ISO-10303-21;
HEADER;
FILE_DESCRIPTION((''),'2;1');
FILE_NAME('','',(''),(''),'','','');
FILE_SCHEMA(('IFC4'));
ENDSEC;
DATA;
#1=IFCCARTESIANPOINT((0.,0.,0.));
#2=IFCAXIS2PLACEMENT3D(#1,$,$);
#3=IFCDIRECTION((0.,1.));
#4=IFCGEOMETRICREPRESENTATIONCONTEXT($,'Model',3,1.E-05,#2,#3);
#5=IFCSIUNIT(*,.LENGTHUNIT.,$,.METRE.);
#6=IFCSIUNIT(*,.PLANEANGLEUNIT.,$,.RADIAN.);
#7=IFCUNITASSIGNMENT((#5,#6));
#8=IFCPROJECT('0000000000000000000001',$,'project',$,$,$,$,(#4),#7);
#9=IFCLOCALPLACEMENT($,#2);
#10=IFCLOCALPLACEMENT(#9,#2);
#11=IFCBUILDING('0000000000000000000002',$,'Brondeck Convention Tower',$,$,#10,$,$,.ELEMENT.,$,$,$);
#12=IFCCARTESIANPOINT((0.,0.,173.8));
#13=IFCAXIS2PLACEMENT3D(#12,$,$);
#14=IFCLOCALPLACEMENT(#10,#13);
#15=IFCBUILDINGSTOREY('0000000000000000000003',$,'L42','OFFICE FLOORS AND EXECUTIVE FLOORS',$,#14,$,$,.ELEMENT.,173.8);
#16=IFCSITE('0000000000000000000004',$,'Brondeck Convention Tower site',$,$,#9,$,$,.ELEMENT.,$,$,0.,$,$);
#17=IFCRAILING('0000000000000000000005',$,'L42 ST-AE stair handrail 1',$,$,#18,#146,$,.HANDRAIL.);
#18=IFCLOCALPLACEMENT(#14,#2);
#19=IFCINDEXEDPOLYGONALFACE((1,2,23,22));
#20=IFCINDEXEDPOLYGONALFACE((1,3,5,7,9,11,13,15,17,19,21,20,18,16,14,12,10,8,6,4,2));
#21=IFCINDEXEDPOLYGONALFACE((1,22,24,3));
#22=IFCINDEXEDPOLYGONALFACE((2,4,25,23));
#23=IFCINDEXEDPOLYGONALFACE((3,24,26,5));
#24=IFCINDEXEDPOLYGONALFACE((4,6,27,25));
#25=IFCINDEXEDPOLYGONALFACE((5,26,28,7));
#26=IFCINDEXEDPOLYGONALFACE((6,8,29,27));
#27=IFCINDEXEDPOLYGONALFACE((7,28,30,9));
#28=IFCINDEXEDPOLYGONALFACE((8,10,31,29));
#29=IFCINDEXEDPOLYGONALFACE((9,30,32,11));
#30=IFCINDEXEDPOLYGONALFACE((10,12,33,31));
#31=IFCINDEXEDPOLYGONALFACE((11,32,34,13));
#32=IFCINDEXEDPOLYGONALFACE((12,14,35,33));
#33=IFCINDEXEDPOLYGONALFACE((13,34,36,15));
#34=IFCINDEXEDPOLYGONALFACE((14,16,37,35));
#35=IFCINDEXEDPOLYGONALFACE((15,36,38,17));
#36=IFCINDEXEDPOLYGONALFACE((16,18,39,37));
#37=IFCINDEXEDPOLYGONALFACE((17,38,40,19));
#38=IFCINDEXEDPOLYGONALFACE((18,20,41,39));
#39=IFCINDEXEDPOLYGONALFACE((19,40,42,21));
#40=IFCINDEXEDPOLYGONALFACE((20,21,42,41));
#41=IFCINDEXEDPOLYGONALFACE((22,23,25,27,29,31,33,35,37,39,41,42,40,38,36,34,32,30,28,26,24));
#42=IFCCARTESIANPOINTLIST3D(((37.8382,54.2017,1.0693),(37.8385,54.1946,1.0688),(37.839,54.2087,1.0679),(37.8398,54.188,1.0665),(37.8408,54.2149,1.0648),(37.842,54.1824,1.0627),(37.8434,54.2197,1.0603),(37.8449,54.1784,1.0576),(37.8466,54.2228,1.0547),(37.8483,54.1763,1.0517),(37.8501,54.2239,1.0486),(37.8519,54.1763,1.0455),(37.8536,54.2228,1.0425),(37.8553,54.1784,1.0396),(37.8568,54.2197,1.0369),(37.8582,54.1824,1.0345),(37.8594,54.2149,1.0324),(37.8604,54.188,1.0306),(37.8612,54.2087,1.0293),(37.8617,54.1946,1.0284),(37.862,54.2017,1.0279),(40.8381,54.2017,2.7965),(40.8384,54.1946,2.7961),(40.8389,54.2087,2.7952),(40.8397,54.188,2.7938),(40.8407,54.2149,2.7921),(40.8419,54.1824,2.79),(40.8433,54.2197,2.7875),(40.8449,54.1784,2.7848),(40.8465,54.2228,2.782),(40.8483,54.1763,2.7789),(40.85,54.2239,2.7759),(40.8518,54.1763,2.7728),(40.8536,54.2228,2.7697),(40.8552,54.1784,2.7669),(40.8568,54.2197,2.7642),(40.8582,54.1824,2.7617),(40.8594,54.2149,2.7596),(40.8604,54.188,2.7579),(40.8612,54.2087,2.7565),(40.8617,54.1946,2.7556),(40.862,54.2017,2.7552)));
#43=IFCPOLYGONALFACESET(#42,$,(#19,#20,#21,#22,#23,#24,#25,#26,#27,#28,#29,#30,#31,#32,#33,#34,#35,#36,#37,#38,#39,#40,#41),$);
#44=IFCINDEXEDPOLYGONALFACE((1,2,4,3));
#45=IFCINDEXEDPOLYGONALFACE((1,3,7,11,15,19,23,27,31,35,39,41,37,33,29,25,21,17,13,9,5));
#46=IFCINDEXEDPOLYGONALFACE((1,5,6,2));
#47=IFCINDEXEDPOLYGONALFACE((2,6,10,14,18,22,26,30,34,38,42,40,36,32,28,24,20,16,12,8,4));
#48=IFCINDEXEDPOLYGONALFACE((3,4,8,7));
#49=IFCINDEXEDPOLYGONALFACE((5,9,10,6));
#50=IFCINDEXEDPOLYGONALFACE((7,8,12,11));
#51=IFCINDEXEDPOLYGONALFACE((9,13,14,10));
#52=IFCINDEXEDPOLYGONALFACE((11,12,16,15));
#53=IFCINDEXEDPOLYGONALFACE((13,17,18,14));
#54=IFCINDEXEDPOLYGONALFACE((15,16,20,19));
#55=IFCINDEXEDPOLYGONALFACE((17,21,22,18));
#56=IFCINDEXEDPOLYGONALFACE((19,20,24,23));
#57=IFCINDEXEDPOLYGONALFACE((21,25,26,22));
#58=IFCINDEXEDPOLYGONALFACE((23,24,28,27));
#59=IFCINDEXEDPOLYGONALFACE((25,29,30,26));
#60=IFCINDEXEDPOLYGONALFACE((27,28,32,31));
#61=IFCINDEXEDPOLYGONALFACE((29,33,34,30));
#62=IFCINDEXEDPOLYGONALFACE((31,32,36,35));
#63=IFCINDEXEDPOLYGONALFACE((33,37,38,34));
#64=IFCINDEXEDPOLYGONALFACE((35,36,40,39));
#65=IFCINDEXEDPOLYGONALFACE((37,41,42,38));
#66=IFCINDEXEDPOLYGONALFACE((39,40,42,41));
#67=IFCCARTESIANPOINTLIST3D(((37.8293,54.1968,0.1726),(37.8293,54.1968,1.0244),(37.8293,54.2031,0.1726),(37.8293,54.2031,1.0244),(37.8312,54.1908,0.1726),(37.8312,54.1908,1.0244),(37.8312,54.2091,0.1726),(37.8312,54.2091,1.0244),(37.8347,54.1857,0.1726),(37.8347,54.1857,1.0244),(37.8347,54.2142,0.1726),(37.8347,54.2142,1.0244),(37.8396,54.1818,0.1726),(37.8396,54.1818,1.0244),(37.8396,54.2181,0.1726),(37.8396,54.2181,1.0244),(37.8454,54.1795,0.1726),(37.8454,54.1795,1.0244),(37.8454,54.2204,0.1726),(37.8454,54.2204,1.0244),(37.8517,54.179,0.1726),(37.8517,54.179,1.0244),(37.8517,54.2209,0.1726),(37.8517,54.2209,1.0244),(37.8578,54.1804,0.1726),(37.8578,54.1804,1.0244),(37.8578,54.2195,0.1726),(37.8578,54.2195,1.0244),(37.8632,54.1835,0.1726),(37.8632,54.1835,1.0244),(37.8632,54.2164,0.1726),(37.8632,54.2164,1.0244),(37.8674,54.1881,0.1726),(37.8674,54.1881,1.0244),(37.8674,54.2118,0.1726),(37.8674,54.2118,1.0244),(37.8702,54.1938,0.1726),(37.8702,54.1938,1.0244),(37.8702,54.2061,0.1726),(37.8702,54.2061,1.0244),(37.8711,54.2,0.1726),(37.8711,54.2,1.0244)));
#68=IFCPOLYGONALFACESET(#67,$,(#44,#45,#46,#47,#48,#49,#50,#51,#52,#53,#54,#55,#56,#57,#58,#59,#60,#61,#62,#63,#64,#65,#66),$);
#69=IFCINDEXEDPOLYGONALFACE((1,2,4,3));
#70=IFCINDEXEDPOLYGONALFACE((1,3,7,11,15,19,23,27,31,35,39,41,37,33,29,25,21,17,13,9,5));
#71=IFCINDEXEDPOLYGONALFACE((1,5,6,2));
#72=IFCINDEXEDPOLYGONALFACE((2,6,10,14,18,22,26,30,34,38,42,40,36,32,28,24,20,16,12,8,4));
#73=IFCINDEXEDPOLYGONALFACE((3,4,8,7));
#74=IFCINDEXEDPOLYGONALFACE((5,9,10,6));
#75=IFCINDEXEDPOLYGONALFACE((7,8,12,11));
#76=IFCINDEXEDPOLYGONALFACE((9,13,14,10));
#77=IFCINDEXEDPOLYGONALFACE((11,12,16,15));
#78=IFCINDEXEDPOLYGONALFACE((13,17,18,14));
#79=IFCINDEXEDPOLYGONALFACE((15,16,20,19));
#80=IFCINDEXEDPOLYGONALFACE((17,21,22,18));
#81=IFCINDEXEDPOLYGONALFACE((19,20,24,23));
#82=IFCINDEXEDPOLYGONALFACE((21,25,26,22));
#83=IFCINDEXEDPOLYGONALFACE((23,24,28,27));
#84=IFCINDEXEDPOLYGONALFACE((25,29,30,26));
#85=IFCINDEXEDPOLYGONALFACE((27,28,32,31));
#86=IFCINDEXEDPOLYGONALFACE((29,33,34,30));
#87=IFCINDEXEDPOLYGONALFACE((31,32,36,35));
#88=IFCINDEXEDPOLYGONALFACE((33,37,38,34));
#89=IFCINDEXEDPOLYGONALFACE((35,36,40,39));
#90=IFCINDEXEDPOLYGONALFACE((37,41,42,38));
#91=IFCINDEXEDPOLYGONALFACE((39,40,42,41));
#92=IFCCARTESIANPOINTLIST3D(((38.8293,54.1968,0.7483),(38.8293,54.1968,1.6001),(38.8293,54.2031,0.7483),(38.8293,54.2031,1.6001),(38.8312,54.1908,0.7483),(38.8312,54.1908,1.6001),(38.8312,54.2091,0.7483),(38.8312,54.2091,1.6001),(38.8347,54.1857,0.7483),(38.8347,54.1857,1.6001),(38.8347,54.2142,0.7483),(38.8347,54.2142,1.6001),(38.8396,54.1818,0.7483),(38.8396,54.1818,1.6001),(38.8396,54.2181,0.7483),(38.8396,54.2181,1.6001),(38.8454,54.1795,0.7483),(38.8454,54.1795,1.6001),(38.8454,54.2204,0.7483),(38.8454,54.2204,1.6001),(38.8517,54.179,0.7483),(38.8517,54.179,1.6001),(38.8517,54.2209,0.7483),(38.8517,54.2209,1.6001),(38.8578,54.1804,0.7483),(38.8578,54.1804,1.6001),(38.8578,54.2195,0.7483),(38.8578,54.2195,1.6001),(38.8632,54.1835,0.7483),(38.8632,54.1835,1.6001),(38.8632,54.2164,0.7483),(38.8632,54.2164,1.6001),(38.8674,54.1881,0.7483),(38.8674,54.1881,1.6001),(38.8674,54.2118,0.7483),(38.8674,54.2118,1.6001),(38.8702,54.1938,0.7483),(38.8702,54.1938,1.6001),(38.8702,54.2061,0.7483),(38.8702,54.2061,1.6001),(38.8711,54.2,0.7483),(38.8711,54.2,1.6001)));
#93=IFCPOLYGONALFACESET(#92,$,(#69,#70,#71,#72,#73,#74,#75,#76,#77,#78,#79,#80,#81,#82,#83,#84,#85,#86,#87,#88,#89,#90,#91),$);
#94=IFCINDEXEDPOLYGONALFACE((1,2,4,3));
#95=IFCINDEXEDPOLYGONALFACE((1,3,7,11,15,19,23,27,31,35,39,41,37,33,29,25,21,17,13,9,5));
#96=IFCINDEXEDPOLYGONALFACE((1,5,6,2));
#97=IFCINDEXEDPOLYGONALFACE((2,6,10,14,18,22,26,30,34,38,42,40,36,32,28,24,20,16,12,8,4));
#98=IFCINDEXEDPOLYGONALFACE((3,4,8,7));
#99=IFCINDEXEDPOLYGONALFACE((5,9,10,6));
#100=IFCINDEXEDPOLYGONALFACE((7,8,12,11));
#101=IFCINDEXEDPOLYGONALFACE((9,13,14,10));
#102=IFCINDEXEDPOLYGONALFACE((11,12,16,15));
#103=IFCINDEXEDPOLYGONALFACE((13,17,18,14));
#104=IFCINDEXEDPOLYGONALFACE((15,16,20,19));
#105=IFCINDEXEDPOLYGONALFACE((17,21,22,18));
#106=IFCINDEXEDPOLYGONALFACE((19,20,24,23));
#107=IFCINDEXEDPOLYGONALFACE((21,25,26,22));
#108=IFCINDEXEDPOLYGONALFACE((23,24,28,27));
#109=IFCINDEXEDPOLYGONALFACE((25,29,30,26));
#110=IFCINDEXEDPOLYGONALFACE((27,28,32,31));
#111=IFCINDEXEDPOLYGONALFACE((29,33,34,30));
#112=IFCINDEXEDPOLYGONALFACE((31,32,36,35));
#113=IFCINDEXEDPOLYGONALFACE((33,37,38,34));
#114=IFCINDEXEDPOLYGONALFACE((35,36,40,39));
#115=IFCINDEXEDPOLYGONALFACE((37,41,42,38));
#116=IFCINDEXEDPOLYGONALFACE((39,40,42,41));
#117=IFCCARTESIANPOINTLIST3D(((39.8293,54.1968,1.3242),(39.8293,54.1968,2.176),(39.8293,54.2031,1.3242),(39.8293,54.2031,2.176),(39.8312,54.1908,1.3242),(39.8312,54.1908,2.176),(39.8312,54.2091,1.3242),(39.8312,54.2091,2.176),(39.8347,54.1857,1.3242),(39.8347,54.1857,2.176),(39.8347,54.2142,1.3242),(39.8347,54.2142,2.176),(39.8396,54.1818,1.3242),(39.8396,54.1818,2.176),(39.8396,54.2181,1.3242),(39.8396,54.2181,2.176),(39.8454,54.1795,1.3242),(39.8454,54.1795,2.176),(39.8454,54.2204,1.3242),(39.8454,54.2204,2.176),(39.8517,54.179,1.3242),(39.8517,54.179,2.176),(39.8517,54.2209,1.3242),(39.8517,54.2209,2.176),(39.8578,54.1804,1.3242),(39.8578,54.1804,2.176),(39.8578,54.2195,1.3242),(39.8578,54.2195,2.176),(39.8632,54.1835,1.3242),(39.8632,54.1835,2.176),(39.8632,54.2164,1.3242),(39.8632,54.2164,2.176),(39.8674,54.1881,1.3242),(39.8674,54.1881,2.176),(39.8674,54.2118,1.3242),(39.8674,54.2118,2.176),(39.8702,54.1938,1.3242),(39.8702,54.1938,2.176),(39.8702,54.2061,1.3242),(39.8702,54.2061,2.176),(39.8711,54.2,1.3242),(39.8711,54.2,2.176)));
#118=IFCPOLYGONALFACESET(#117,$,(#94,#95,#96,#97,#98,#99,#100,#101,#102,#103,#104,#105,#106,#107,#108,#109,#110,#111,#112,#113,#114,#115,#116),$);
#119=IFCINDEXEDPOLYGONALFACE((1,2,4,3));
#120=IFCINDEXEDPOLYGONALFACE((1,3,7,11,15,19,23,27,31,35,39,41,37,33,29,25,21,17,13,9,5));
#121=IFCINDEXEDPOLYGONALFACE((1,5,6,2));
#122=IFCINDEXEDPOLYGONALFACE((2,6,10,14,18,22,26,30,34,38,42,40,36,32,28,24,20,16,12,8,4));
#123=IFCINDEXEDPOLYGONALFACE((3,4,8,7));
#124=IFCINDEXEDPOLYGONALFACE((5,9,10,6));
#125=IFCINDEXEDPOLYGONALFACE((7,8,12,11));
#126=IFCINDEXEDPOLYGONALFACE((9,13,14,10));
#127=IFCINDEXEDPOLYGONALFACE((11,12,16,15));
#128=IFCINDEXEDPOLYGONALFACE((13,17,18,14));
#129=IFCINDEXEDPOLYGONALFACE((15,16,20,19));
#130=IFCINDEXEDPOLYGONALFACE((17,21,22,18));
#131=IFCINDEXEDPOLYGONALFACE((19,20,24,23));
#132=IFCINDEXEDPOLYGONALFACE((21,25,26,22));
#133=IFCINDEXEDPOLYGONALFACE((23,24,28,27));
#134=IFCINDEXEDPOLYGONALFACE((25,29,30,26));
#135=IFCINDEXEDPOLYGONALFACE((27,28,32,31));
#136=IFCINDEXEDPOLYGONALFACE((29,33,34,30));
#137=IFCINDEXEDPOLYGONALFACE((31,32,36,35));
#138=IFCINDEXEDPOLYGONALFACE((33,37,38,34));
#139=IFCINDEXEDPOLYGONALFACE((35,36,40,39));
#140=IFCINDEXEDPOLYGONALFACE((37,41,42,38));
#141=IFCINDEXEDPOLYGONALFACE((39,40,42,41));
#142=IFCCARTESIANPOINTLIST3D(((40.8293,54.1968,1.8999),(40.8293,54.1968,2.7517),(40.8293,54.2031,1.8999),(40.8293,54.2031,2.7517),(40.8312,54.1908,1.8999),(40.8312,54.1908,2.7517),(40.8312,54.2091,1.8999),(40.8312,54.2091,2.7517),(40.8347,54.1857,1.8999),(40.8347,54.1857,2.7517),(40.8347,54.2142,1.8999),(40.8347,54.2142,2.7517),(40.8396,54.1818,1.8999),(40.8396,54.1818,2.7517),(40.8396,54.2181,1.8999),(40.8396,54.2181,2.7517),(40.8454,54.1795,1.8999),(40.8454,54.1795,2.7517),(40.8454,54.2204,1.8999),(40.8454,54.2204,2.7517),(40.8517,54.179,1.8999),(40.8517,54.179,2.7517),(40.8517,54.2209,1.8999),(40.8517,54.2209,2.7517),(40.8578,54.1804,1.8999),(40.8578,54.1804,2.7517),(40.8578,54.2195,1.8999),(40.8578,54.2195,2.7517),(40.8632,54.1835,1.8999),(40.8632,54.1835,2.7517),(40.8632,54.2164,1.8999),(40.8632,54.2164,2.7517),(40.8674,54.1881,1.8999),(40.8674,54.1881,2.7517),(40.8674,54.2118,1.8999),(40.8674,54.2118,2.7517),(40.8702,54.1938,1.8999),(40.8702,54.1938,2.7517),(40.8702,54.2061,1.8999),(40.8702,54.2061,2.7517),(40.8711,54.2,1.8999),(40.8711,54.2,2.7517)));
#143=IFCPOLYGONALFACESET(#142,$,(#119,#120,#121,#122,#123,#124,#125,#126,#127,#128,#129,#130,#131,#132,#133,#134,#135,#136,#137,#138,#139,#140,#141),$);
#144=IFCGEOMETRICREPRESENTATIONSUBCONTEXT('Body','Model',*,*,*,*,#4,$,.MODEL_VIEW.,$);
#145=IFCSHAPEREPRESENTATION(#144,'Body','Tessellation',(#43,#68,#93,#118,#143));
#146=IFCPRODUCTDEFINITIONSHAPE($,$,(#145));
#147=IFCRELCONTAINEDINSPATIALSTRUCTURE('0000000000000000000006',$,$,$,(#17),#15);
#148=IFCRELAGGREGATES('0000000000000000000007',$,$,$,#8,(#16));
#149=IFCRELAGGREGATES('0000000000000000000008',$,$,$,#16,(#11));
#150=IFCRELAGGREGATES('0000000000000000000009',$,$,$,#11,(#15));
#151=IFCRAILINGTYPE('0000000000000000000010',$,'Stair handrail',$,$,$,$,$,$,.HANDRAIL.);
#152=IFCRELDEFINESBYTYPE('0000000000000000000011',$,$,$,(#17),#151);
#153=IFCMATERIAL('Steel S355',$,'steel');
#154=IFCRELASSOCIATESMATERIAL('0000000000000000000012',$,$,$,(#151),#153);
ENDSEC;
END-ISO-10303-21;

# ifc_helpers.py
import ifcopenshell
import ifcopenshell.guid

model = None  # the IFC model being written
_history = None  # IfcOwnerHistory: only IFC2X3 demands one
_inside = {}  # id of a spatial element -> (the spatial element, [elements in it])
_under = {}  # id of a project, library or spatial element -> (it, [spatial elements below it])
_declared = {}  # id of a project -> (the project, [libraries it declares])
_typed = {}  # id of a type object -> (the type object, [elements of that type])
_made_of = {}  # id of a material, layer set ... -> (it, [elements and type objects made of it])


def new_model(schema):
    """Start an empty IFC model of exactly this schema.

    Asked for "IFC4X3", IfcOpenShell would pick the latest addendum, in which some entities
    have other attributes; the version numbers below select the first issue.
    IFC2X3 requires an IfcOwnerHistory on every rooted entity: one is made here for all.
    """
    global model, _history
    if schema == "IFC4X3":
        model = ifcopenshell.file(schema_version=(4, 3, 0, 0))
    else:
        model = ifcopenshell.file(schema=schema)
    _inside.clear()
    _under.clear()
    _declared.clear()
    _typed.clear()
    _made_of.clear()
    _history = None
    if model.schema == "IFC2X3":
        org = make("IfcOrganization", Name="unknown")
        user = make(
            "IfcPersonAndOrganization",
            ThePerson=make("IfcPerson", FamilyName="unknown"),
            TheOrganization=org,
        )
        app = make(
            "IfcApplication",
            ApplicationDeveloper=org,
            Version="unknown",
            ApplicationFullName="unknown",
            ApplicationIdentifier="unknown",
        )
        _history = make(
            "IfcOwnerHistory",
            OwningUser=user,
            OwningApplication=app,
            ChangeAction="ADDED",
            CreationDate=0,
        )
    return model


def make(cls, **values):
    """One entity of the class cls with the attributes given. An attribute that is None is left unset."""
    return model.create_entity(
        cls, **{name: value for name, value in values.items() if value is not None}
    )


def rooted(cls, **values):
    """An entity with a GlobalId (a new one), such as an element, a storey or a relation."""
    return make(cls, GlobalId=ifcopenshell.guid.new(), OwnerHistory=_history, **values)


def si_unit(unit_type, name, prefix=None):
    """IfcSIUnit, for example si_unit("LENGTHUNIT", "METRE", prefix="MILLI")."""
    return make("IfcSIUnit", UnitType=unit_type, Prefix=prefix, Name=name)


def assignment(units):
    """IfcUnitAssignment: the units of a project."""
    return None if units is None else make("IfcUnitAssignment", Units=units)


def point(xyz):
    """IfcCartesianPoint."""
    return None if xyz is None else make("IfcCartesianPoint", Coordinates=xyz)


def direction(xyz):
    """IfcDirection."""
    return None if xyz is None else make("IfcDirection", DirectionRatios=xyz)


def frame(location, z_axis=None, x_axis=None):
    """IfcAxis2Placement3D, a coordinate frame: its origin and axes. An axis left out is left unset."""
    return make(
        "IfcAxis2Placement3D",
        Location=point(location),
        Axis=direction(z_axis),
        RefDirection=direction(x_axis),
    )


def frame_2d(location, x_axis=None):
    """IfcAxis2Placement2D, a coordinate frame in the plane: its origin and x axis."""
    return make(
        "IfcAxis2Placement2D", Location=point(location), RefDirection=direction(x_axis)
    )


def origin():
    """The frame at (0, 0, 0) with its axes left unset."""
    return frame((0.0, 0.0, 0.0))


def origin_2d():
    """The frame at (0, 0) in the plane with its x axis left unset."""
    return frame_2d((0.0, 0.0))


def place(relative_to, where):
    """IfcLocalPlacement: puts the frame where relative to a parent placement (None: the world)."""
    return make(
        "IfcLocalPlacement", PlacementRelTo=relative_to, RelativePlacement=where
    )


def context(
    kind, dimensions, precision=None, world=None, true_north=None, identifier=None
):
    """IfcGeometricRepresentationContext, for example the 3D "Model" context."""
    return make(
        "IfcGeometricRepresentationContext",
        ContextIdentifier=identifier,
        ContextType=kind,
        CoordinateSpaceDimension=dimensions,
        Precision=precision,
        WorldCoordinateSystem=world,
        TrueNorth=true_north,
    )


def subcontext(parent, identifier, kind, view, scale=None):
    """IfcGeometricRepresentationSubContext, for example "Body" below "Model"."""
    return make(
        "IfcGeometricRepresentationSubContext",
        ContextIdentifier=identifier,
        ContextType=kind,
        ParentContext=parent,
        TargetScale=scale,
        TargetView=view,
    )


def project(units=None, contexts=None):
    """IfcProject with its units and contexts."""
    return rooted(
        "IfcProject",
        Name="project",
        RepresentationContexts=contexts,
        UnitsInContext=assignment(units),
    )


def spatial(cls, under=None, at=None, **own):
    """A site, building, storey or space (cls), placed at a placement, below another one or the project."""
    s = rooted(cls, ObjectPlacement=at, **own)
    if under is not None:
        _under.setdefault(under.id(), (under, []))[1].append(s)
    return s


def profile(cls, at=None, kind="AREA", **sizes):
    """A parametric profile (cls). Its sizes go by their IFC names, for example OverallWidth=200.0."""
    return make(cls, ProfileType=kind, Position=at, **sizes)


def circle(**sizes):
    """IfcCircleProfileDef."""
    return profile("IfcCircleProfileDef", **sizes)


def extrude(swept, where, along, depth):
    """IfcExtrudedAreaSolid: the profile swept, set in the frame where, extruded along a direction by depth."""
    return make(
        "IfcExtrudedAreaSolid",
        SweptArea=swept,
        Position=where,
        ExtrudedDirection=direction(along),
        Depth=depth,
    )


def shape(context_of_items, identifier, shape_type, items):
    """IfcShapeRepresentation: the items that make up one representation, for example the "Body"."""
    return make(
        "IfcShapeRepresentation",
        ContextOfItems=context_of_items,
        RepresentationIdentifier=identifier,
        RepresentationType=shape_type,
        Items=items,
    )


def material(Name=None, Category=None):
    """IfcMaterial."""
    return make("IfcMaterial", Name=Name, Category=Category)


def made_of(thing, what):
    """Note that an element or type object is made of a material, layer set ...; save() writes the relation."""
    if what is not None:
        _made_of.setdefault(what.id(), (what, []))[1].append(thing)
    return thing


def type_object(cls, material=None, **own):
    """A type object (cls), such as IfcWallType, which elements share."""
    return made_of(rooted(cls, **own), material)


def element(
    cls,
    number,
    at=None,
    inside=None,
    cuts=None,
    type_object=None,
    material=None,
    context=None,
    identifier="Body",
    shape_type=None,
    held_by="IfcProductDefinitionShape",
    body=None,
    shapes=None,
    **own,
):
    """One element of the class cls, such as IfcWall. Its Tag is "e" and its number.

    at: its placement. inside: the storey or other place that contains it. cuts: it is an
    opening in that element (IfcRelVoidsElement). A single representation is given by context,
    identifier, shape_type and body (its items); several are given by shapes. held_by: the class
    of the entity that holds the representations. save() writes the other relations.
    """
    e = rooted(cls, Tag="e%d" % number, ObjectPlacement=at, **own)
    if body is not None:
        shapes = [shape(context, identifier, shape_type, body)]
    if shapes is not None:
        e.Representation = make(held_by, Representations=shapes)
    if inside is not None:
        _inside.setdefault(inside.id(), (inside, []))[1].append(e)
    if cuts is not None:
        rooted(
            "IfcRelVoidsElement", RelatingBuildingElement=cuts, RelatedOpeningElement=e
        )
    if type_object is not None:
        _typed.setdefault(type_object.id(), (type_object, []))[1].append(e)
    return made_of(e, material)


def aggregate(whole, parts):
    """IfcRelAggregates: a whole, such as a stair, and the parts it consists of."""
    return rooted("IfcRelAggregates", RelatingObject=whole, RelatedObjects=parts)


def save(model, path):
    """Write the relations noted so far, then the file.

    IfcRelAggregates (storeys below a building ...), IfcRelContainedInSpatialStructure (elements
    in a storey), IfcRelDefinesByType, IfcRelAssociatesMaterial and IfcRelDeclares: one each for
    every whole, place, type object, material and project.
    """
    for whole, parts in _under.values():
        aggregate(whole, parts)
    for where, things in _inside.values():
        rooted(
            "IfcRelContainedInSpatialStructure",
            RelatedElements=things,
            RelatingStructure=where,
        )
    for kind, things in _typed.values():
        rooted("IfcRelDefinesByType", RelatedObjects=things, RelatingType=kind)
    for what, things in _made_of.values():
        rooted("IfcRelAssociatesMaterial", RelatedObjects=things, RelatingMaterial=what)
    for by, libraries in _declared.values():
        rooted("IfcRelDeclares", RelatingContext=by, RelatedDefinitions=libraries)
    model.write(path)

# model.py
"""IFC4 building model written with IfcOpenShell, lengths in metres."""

from ifc_helpers import new_model, si_unit, direction, frame, origin, origin_2d, place, context, subcontext, project, spatial, circle, extrude, material, type_object, element, save


model = new_model("IFC4")

# Units and contexts
model_context = context("Model", 3, precision=1e-05, world=origin(), true_north=direction((0.0, 1.0)))
body_context = subcontext(model_context, "Body", "Model", "MODEL_VIEW")
ifc_project = project(units=[si_unit("LENGTHUNIT", "METRE"), si_unit("PLANEANGLEUNIT", "RADIAN")], contexts=[model_context])

# Site, building, storey
site_placement = place(None, origin())
site = spatial("IfcSite", under=ifc_project, at=site_placement, Name="Brondeck Convention Tower site", CompositionType="ELEMENT", RefElevation=0.0)
building_placement = place(site_placement, origin())
building = spatial("IfcBuilding", under=site, at=building_placement, Name="Brondeck Convention Tower", CompositionType="ELEMENT")
storey_placement = place(building_placement, frame((0.0, 0.0, 173.8)))
storey = spatial("IfcBuildingStorey", under=building, at=storey_placement, Name="L42", Description="OFFICE FLOORS AND EXECUTIVE FLOORS", CompositionType="ELEMENT", Elevation=173.8)

# Shared definitions
ifc_material_1 = material(Name="Steel S355", Category="steel")

# Railing
railing_type_1 = type_object("IfcRailingType", Name="Stair handrail", PredefinedType="HANDRAIL", material=ifc_material_1)
railing_1_placement = place(storey_placement, frame((37.8501, 54.2, 0.1726)))
element("IfcRailing", 1, at=railing_1_placement, inside=storey, type_object=railing_type_1, Name="L42 ST-AE stair handrail 1", PredefinedType="HANDRAIL", context=body_context, shape_type="SweptSolid", body=[
    extrude(circle(Radius=0.0239, at=origin_2d()), frame((0.0, 0.0, 0.876), z_axis=(0.86662, 0.0, 0.498969), x_axis=(0.0, 1.0, 0.0)), (0.0, 0.0, 1.0), 3.4617),
    extrude(circle(Radius=0.021, at=origin_2d()), origin(), (0.0, 0.0, 1.0), 0.8518),
    extrude(circle(Radius=0.021, at=origin_2d()), frame((1.0, 0.0, 0.5757)), (0.0, 0.0, 1.0), 0.8518),
    extrude(circle(Radius=0.021, at=origin_2d()), frame((2.0, 0.0, 1.1516)), (0.0, 0.0, 1.0), 0.8518),
    extrude(circle(Radius=0.021, at=origin_2d()), frame((3.0, 0.0, 1.7273)), (0.0, 0.0, 1.0), 0.8518),
])

save(model, "model.ifc")
